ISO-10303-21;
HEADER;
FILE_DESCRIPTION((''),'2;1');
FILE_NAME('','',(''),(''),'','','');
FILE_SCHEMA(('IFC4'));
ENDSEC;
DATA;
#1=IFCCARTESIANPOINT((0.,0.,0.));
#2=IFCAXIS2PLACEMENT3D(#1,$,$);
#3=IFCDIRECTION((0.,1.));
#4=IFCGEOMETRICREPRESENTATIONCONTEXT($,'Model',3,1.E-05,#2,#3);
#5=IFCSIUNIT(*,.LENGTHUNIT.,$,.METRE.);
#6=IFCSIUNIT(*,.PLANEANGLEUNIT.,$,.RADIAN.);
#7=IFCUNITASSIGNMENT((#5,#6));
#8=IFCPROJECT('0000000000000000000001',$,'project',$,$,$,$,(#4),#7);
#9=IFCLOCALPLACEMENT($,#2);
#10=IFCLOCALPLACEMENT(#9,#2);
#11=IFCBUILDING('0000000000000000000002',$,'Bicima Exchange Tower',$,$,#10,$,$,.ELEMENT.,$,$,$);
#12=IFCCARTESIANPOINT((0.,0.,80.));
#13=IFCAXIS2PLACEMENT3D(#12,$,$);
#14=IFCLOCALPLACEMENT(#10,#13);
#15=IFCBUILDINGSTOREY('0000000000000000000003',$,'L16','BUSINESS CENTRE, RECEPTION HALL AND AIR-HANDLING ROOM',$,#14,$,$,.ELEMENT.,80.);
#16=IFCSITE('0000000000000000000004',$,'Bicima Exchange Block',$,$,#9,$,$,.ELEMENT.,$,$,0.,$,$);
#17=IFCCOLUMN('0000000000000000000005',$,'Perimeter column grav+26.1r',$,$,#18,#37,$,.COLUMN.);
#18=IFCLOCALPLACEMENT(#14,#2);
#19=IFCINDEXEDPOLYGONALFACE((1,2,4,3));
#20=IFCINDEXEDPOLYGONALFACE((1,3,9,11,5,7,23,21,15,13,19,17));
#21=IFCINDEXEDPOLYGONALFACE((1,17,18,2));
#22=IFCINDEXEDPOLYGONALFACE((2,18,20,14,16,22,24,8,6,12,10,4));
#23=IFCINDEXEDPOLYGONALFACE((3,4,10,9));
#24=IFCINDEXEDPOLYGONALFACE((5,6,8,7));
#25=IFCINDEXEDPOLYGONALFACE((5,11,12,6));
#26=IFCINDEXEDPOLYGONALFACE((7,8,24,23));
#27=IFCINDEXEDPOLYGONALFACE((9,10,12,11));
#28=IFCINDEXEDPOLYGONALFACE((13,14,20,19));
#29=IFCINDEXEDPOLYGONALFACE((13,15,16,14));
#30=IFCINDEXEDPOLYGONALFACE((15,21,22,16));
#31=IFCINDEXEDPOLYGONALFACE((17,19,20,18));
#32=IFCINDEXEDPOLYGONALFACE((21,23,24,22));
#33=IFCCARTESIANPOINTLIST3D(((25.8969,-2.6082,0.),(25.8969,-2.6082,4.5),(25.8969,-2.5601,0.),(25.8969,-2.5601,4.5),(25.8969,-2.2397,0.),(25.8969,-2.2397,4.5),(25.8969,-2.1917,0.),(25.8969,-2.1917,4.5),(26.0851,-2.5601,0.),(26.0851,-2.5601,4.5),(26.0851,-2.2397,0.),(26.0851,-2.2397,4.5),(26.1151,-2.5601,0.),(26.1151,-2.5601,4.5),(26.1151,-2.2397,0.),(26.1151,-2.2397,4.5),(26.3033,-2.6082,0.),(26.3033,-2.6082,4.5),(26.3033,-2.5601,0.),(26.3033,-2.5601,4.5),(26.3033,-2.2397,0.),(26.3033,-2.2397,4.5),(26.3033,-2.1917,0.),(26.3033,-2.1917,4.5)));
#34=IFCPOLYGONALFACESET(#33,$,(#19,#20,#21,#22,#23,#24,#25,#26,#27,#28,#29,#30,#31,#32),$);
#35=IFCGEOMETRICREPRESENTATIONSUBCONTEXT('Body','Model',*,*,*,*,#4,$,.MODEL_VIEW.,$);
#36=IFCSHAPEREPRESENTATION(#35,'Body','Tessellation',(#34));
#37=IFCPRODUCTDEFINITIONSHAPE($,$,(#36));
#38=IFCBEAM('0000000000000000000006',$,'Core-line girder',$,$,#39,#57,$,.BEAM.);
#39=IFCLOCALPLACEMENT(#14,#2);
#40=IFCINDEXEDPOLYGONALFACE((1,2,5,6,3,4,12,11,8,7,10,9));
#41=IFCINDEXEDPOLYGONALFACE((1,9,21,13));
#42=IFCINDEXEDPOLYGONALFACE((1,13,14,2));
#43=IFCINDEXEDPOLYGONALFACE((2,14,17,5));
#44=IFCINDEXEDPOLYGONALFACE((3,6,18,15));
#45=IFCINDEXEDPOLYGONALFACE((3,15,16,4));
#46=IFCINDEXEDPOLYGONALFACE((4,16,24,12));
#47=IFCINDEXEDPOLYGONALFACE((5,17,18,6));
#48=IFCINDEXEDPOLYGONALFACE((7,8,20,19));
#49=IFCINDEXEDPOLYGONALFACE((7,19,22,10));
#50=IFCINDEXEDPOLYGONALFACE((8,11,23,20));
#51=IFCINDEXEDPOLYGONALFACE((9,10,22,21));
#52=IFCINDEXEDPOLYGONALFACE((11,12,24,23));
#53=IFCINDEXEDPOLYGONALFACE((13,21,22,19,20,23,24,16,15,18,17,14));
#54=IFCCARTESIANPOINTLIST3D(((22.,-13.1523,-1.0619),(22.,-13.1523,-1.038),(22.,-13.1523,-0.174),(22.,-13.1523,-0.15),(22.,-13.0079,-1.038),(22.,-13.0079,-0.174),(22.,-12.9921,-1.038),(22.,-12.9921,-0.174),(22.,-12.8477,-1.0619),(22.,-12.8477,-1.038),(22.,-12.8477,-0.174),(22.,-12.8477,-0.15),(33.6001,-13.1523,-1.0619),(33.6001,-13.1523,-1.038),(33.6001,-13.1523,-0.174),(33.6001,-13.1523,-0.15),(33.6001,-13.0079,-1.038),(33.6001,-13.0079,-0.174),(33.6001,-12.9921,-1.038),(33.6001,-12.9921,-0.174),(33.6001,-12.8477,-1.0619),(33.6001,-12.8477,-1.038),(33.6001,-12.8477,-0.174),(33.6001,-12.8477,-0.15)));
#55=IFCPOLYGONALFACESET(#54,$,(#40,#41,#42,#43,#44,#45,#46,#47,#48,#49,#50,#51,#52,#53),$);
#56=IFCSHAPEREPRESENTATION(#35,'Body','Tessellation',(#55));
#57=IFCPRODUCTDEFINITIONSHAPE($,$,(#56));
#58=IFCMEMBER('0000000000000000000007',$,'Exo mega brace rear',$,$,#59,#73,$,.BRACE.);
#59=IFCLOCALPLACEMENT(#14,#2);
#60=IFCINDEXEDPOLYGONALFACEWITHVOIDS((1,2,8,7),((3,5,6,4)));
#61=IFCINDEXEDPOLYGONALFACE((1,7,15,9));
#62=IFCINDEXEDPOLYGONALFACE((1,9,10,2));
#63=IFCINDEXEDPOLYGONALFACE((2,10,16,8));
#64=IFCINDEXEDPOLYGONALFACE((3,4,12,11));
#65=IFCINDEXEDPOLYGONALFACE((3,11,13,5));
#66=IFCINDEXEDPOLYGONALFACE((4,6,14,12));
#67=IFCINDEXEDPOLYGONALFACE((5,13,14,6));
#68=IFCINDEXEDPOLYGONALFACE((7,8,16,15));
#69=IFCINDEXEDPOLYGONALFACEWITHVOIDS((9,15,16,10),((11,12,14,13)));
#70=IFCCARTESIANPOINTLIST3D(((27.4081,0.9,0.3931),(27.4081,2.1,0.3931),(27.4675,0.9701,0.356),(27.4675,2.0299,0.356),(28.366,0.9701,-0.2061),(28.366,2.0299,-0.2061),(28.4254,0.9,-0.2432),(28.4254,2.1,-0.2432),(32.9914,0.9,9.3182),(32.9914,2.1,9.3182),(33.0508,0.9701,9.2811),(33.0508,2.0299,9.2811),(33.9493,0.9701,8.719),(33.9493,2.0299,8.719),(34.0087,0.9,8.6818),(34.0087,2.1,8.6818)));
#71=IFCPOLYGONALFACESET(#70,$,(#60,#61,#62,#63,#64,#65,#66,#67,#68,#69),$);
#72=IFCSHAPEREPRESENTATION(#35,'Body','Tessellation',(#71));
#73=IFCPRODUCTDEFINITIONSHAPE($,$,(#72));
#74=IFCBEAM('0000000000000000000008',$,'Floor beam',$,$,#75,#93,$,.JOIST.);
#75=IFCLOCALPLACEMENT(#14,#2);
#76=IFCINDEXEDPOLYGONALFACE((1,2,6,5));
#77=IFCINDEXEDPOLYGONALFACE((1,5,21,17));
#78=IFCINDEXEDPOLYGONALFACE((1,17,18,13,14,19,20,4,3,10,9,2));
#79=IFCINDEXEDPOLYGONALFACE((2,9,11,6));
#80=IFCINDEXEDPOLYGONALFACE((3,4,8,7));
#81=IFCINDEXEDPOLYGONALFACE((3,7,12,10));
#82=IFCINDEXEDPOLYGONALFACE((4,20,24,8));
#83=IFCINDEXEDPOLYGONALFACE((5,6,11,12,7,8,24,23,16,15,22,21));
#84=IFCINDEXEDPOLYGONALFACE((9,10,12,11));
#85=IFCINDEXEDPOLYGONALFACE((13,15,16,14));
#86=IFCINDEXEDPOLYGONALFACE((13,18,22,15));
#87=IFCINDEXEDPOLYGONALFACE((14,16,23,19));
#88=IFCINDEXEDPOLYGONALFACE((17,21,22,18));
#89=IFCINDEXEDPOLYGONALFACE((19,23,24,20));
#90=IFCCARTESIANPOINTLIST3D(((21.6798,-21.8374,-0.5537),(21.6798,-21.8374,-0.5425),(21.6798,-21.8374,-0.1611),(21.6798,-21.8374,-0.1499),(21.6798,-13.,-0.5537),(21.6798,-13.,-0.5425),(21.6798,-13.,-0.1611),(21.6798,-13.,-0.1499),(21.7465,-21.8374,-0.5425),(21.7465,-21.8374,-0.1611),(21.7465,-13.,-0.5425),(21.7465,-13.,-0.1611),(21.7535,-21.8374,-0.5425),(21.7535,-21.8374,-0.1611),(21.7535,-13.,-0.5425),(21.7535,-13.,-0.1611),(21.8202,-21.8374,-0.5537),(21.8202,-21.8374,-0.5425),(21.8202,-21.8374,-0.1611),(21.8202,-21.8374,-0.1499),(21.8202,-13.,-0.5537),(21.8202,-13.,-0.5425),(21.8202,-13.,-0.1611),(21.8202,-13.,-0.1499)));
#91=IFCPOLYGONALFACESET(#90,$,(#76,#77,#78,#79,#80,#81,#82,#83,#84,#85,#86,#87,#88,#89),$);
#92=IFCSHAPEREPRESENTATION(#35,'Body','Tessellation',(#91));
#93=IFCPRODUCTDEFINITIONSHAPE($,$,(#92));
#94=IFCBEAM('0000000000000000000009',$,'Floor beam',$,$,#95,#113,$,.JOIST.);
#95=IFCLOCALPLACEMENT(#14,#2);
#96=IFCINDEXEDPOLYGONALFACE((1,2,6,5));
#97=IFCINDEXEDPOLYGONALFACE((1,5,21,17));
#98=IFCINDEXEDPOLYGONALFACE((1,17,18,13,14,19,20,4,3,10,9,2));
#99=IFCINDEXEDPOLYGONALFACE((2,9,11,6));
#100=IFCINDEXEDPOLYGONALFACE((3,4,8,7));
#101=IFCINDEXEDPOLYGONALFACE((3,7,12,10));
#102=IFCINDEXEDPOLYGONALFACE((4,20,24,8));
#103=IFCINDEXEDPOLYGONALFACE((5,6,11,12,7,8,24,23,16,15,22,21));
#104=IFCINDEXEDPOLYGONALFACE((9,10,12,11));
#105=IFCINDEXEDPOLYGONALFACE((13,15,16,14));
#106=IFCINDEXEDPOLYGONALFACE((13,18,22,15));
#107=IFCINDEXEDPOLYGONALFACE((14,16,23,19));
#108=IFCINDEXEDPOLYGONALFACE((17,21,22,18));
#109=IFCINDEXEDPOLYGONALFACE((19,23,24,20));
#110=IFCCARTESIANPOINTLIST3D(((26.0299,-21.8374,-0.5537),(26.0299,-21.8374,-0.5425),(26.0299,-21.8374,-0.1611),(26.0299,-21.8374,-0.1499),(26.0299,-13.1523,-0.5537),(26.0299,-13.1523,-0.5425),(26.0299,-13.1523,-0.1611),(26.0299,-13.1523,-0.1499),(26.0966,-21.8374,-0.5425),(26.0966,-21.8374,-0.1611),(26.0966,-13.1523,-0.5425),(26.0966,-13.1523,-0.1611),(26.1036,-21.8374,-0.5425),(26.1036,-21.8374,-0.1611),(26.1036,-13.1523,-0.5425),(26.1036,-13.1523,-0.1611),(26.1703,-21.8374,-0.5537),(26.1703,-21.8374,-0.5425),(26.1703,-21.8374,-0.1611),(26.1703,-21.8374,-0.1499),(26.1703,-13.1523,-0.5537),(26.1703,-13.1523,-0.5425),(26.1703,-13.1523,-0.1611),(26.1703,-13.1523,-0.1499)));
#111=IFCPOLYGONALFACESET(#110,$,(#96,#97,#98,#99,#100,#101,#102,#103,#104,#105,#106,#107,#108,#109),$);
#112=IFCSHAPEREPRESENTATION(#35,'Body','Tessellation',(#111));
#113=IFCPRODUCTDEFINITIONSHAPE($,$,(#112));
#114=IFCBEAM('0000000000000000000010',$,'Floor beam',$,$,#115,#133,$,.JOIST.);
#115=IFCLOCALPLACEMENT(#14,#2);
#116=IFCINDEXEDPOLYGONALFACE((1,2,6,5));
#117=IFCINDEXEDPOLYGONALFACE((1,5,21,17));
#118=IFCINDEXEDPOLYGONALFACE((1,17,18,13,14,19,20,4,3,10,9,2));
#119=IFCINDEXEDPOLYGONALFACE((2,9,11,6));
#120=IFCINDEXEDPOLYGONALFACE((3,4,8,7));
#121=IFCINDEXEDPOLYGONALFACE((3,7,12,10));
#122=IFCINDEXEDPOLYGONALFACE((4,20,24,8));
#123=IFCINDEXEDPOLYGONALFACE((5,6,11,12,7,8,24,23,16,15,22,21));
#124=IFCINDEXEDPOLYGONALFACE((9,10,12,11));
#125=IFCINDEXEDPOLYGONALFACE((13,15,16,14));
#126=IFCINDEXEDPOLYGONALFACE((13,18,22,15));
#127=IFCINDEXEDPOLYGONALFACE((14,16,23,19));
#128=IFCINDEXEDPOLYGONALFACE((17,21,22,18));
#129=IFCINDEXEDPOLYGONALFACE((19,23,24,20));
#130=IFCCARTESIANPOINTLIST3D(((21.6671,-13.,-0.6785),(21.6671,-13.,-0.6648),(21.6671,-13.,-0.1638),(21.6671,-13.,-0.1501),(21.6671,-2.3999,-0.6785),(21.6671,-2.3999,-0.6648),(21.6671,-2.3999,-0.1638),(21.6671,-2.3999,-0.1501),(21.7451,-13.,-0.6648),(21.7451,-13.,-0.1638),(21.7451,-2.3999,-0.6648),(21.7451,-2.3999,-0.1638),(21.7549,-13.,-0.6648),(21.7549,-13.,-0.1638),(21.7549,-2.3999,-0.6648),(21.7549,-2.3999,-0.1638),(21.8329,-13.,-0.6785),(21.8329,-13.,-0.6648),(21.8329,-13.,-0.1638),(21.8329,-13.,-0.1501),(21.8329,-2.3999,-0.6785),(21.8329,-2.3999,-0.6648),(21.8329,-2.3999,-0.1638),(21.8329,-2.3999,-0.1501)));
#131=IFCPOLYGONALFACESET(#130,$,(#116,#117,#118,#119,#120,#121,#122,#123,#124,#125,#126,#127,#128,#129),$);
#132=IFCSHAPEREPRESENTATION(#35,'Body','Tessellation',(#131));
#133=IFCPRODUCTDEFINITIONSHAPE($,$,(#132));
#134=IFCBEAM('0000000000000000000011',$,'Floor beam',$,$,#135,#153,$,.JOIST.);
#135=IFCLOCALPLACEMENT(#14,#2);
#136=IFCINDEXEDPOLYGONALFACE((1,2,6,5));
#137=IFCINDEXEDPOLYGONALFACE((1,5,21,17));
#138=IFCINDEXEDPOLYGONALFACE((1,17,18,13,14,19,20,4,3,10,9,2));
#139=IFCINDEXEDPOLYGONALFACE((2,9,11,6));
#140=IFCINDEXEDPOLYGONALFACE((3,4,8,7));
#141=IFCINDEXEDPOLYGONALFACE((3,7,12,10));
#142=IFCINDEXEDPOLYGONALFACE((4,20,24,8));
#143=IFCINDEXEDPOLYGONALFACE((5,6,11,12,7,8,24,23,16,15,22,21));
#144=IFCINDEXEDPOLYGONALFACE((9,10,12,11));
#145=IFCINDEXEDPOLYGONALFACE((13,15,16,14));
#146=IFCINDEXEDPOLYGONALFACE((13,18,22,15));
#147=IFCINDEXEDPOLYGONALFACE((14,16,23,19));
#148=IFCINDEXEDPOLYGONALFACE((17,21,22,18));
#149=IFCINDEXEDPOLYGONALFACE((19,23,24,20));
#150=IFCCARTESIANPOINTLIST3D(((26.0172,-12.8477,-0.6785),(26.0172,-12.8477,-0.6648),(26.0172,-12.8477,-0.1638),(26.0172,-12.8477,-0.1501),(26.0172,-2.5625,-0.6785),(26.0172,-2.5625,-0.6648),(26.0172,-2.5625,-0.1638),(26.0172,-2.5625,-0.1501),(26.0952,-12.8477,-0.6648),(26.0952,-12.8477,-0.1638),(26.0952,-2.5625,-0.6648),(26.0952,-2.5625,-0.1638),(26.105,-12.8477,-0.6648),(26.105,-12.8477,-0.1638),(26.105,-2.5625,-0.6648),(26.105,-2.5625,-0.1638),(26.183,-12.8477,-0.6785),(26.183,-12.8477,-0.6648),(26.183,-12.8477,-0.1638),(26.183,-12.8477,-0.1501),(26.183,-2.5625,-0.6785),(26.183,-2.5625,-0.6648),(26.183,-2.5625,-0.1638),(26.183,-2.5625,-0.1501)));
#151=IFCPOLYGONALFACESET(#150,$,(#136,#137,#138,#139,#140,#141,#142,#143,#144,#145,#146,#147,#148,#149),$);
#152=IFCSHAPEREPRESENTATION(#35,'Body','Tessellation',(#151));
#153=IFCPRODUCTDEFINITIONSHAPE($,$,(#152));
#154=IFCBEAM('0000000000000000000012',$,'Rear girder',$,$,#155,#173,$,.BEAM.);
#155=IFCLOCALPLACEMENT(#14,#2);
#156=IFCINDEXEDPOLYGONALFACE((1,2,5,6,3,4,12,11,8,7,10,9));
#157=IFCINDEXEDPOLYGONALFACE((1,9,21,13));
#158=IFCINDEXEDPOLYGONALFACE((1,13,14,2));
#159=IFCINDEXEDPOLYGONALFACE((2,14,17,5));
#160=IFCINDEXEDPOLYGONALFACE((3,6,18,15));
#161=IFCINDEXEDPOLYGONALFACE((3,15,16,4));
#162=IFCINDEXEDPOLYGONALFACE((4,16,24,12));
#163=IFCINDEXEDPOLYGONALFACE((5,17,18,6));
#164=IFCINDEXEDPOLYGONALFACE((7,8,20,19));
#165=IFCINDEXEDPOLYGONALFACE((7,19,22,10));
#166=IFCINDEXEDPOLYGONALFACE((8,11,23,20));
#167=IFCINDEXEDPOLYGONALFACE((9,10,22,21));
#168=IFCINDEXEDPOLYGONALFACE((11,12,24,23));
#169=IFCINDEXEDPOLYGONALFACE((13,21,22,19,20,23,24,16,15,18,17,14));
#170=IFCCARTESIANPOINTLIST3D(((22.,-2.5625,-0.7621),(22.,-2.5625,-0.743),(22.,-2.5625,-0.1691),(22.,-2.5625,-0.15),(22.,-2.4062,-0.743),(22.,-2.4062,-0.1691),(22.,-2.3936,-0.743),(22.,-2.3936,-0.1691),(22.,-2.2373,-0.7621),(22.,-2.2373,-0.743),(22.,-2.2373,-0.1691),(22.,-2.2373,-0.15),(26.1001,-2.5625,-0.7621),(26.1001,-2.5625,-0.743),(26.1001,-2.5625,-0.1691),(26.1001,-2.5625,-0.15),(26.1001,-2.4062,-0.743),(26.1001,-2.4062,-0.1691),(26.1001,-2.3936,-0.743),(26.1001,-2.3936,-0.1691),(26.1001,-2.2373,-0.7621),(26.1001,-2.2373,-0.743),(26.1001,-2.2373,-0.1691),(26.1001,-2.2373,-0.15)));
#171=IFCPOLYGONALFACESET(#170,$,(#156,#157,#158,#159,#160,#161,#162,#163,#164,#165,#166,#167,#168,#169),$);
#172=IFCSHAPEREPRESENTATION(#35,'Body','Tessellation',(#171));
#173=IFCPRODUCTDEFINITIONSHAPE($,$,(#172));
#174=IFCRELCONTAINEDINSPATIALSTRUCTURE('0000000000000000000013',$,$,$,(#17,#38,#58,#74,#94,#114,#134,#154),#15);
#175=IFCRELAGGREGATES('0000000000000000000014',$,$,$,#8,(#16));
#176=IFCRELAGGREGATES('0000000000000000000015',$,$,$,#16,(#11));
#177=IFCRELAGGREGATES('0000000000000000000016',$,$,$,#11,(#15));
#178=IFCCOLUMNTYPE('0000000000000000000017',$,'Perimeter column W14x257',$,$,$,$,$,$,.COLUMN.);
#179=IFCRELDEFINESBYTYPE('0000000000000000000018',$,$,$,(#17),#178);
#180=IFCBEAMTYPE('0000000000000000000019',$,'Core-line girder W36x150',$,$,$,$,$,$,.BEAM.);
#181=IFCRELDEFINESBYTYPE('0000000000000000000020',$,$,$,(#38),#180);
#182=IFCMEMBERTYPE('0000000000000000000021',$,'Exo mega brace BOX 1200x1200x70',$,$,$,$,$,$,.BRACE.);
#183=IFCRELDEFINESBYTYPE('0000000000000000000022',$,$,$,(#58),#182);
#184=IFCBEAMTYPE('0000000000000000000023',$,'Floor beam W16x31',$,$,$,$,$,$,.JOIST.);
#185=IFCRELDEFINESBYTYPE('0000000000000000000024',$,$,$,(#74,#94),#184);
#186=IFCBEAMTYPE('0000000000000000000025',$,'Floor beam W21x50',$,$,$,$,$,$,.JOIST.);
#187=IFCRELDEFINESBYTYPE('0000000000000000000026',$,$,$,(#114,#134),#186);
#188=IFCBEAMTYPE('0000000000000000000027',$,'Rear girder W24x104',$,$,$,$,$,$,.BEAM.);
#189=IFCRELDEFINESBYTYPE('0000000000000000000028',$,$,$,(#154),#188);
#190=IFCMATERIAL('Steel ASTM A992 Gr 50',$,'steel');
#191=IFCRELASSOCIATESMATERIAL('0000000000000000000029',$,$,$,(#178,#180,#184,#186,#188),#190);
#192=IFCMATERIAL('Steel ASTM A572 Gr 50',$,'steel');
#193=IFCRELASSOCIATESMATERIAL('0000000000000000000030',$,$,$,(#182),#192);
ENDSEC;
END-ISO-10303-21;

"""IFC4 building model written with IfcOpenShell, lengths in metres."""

from ifc_helpers import new_model, si_unit, direction, frame, origin, origin_2d, place, context, subcontext, project, spatial, hollow_rectangle, i_section, extrude, material, material_profile, profile_set, type_object, element, save


model = new_model("IFC4")

# Units and contexts
model_context = context("Model", 3, precision=1e-05, world=origin(), true_north=direction((0.0, 1.0)))
body_context = subcontext(model_context, "Body", "Model", "MODEL_VIEW")
ifc_project = project(units=[si_unit("LENGTHUNIT", "METRE"), si_unit("PLANEANGLEUNIT", "RADIAN")], contexts=[model_context])

# Site, building, storey
site_placement = place(None, origin())
site = spatial("IfcSite", under=ifc_project, at=site_placement, Name="Bicima Exchange Block", CompositionType="ELEMENT", RefElevation=0.0)
building_placement = place(site_placement, origin())
building = spatial("IfcBuilding", under=site, at=building_placement, Name="Bicima Exchange Tower", CompositionType="ELEMENT")
storey_placement = place(building_placement, frame((0.0, 0.0, 80.0)))
storey = spatial("IfcBuildingStorey", under=building, at=storey_placement, Name="L16", Description="BUSINESS CENTRE, RECEPTION HALL AND AIR-HANDLING ROOM", CompositionType="ELEMENT", Elevation=80.0)

# Column
ifc_material_1 = material(Name="Steel ASTM A992 Gr 50", Category="steel")
ifc_material_profile_1 = material_profile(ifc_material_1, i_section(OverallWidth=0.4065, OverallDepth=0.4165, WebThickness=0.03, FlangeThickness=0.0481, at=origin_2d()))
ifc_profile_set_1 = profile_set([ifc_material_profile_1], Name="Steel ASTM A992 Gr 50")
column_type = type_object("IfcColumnType", Name="Perimeter column W14x257", PredefinedType="COLUMN", material=ifc_profile_set_1)
column_placement = place(storey_placement, frame((26.1001, -2.3999, 0.0), z_axis=(0.0, 0.0, 1.0), x_axis=(1.0, 0.0, 0.0)))
element("IfcColumn", 1, at=column_placement, inside=storey, type_object=column_type, Name="Perimeter column grav+26.1r", PredefinedType="COLUMN", context=body_context, shape_type="SweptSolid", body=[
    extrude(i_section(OverallWidth=0.4065, OverallDepth=0.4165, WebThickness=0.03, FlangeThickness=0.0481, at=origin_2d()), origin(), (0.0, 0.0, 1.0), 4.5),
])

# Beam
ifc_material_profile_2 = material_profile(ifc_material_1, i_section(OverallWidth=0.3047, OverallDepth=0.9119, WebThickness=0.0159, FlangeThickness=0.0239, at=origin_2d()))
ifc_profile_set_2 = profile_set([ifc_material_profile_2], Name="Steel ASTM A992 Gr 50")
beam_type_1 = type_object("IfcBeamType", Name="Core-line girder W36x150", PredefinedType="BEAM", material=ifc_profile_set_2)
beam_1_placement = place(storey_placement, frame((22.0, -13.0, -0.606), z_axis=(1.0, 0.0, 0.0), x_axis=(0.0, 1.0, 0.0)))
element("IfcBeam", 2, at=beam_1_placement, inside=storey, type_object=beam_type_1, Name="Core-line girder", PredefinedType="BEAM", context=body_context, shape_type="SweptSolid", body=[
    extrude(i_section(OverallWidth=0.3047, OverallDepth=0.9119, WebThickness=0.0159, FlangeThickness=0.0239, at=origin_2d()), origin(), (0.0, 0.0, 1.0), 11.6001),
])

# Member
ifc_material_2 = material(Name="Steel ASTM A572 Gr 50", Category="steel")
ifc_material_profile_3 = material_profile(ifc_material_2, hollow_rectangle(XDim=1.2, YDim=1.2, WallThickness=0.0701, at=origin_2d()))
ifc_profile_set_3 = profile_set([ifc_material_profile_3], Name="Steel ASTM A572 Gr 50")
member_type = type_object("IfcMemberType", Name="Exo mega brace BOX 1200x1200x70", PredefinedType="BRACE", material=ifc_profile_set_3)
member_placement = place(storey_placement, frame((27.9167, 1.5, 0.075), z_axis=(0.530347, 0.0, 0.847781), x_axis=(0.0, 1.0, 0.0)))
element("IfcMember", 3, at=member_placement, inside=storey, type_object=member_type, Name="Exo mega brace rear", PredefinedType="BRACE", context=body_context, shape_type="SweptSolid", body=[
    extrude(hollow_rectangle(XDim=1.2, YDim=1.2, WallThickness=0.0701, at=origin_2d()), origin(), (0.0, 0.0, 1.0), 10.5276),
])

# Beams
ifc_material_profile_4 = material_profile(ifc_material_1, i_section(OverallWidth=0.1404, OverallDepth=0.4038, WebThickness=0.0071, FlangeThickness=0.0112, at=origin_2d()))
ifc_profile_set_4 = profile_set([ifc_material_profile_4], Name="Steel ASTM A992 Gr 50")
beam_type_2 = type_object("IfcBeamType", Name="Floor beam W16x31", PredefinedType="JOIST", material=ifc_profile_set_4)
beam_2_placement = place(storey_placement, frame((21.75, -13.0, -0.3518), z_axis=(0.0, -1.0, 0.0), x_axis=(1.0, 0.0, 0.0)))
element("IfcBeam", 4, at=beam_2_placement, inside=storey, type_object=beam_type_2, Name="Floor beam", PredefinedType="JOIST", context=body_context, shape_type="SweptSolid", body=[
    extrude(i_section(OverallWidth=0.1404, OverallDepth=0.4038, WebThickness=0.0071, FlangeThickness=0.0112, at=origin_2d()), origin(), (0.0, 0.0, 1.0), 8.8374),
])
beam_3_placement = place(storey_placement, frame((26.1001, -13.1523, -0.3518), z_axis=(0.0, -1.0, 0.0), x_axis=(1.0, 0.0, 0.0)))
element("IfcBeam", 5, at=beam_3_placement, inside=storey, type_object=beam_type_2, Name="Floor beam", PredefinedType="JOIST", context=body_context, shape_type="SweptSolid", body=[
    extrude(i_section(OverallWidth=0.1404, OverallDepth=0.4038, WebThickness=0.0071, FlangeThickness=0.0112, at=origin_2d()), origin(), (0.0, 0.0, 1.0), 8.6851),
])
ifc_material_profile_5 = material_profile(ifc_material_1, i_section(OverallWidth=0.1658, OverallDepth=0.5283, WebThickness=0.0098, FlangeThickness=0.0137, at=origin_2d()))
ifc_profile_set_5 = profile_set([ifc_material_profile_5], Name="Steel ASTM A992 Gr 50")
beam_type_3 = type_object("IfcBeamType", Name="Floor beam W21x50", PredefinedType="JOIST", material=ifc_profile_set_5)
beam_4_placement = place(storey_placement, frame((21.75, -2.3999, -0.4143), z_axis=(0.0, -1.0, 0.0), x_axis=(1.0, 0.0, 0.0)))
element("IfcBeam", 6, at=beam_4_placement, inside=storey, type_object=beam_type_3, Name="Floor beam", PredefinedType="JOIST", context=body_context, shape_type="SweptSolid", body=[
    extrude(i_section(OverallWidth=0.1658, OverallDepth=0.5283, WebThickness=0.0098, FlangeThickness=0.0137, at=origin_2d()), origin(), (0.0, 0.0, 1.0), 10.6001),
])
beam_5_placement = place(storey_placement, frame((26.1001, -2.5625, -0.4143), z_axis=(0.0, -1.0, 0.0), x_axis=(1.0, 0.0, 0.0)))
element("IfcBeam", 7, at=beam_5_placement, inside=storey, type_object=beam_type_3, Name="Floor beam", PredefinedType="JOIST", context=body_context, shape_type="SweptSolid", body=[
    extrude(i_section(OverallWidth=0.1658, OverallDepth=0.5283, WebThickness=0.0098, FlangeThickness=0.0137, at=origin_2d()), origin(), (0.0, 0.0, 1.0), 10.2852),
])
ifc_material_profile_6 = material_profile(ifc_material_1, i_section(OverallWidth=0.3252, OverallDepth=0.6121, WebThickness=0.0127, FlangeThickness=0.019, at=origin_2d()))
ifc_profile_set_6 = profile_set([ifc_material_profile_6], Name="Steel ASTM A992 Gr 50")
beam_type_4 = type_object("IfcBeamType", Name="Rear girder W24x104", PredefinedType="BEAM", material=ifc_profile_set_6)
beam_6_placement = place(storey_placement, frame((22.0, -2.3999, -0.4561), z_axis=(1.0, 0.0, 0.0), x_axis=(0.0, 1.0, 0.0)))
element("IfcBeam", 8, at=beam_6_placement, inside=storey, type_object=beam_type_4, Name="Rear girder", PredefinedType="BEAM", context=body_context, shape_type="SweptSolid", body=[
    extrude(i_section(OverallWidth=0.3252, OverallDepth=0.6121, WebThickness=0.0127, FlangeThickness=0.019, at=origin_2d()), origin(), (0.0, 0.0, 1.0), 4.1001),
])

save(model, "model.ifc")
